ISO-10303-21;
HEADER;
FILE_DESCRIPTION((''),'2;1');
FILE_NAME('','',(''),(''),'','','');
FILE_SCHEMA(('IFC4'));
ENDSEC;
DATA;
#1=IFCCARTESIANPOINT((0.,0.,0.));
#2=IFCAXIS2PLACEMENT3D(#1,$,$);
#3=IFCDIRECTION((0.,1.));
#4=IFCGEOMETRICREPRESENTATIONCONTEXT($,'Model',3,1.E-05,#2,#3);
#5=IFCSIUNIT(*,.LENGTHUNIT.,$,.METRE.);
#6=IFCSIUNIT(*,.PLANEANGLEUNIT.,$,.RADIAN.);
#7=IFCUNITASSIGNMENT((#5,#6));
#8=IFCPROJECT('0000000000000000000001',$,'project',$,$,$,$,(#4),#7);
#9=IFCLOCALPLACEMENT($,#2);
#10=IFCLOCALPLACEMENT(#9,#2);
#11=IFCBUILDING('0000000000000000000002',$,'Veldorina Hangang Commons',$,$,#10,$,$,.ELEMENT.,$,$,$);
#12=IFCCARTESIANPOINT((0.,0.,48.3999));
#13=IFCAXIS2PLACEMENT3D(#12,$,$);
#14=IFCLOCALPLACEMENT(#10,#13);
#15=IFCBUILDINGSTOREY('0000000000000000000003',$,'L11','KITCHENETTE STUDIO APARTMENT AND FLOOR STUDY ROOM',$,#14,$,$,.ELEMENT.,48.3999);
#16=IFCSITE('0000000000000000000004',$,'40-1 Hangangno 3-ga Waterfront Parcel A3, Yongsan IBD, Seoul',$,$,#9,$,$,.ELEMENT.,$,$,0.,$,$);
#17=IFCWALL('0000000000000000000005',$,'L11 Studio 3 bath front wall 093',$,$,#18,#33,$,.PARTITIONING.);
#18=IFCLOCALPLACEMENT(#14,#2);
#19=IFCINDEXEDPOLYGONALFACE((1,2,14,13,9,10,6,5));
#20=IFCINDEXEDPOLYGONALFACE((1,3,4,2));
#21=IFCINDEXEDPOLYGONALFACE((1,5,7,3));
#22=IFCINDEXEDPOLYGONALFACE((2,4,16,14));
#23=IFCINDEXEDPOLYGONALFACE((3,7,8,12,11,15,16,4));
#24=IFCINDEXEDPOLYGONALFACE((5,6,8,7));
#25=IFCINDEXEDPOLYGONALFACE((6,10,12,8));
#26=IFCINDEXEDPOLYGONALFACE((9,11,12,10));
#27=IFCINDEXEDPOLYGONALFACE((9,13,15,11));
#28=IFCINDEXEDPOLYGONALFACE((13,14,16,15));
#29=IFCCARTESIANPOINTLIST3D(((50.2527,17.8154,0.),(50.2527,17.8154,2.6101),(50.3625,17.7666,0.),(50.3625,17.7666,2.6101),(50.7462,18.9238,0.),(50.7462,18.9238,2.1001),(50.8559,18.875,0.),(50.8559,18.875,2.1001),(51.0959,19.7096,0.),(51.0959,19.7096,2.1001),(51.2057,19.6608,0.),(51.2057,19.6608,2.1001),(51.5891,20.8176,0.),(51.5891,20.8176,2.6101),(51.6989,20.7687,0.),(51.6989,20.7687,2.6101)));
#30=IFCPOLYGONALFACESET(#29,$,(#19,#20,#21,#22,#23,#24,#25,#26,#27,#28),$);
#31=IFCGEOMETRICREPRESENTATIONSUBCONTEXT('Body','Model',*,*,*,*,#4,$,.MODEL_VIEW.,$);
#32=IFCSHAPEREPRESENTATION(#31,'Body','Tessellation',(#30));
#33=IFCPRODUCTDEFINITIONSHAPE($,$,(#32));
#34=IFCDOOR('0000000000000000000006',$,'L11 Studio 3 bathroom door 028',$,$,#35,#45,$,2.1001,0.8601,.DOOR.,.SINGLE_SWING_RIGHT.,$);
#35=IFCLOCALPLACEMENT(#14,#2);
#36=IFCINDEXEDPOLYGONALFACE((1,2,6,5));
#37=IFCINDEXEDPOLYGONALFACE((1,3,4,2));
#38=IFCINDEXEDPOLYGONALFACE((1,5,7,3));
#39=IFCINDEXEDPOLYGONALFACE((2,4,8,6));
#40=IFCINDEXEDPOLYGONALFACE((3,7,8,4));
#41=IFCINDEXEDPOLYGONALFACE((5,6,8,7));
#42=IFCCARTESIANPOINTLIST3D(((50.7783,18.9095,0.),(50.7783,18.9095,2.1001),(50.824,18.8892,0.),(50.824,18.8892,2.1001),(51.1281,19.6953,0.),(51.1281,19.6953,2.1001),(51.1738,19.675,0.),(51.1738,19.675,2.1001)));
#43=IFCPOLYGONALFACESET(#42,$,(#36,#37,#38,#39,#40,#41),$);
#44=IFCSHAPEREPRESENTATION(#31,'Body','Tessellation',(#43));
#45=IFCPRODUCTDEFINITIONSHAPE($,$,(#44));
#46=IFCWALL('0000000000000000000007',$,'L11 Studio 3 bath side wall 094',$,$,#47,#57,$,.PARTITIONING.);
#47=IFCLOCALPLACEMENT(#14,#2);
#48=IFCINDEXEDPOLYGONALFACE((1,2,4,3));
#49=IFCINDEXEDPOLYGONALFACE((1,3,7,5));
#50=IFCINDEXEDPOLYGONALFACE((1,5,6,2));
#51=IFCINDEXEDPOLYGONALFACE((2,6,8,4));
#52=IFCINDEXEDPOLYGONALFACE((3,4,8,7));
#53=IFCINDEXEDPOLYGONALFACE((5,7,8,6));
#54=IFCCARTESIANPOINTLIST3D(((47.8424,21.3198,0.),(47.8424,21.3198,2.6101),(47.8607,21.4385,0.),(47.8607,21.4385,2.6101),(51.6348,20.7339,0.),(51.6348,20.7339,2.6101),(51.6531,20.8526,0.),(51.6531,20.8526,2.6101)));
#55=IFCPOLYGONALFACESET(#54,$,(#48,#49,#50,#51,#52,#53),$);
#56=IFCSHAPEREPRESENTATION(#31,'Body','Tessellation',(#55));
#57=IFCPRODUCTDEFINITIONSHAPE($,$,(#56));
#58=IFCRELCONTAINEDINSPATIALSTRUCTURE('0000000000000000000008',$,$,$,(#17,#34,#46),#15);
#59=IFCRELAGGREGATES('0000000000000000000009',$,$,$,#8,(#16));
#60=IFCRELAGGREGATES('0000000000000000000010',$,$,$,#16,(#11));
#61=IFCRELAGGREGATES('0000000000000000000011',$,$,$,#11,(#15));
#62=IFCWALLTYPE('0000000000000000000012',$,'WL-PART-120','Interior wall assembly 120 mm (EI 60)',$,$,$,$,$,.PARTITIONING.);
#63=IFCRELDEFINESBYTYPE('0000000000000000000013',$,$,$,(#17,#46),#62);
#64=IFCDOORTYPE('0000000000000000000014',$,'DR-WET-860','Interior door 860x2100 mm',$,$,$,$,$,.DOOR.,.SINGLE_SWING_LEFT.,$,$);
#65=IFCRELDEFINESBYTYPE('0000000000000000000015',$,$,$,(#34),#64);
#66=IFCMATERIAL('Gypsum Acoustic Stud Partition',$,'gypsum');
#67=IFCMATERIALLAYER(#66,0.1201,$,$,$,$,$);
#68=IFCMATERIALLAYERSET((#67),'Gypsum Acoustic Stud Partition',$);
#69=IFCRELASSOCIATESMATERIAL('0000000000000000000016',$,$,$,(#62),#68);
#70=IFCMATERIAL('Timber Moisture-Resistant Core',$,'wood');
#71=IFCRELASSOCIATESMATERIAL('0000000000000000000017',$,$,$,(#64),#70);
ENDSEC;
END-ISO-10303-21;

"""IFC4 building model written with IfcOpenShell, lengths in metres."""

from ifc_helpers import new_model, si_unit, direction, frame, frame_2d, origin, place, context, subcontext, project, spatial, rectangle, extrude, material, layer, layer_set, type_object, element, fill, save


model = new_model("IFC4")

# Units and contexts
model_context = context("Model", 3, precision=1e-05, world=origin(), true_north=direction((0.0, 1.0)))
body_context = subcontext(model_context, "Body", "Model", "MODEL_VIEW")
ifc_project = project(units=[si_unit("LENGTHUNIT", "METRE"), si_unit("PLANEANGLEUNIT", "RADIAN")], contexts=[model_context])

# Site, building, storey
site_placement = place(None, origin())
site = spatial("IfcSite", under=ifc_project, at=site_placement, Name="40-1 Hangangno 3-ga Waterfront Parcel A3, Yongsan IBD, Seoul", CompositionType="ELEMENT", RefElevation=0.0)
building_placement = place(site_placement, origin())
building = spatial("IfcBuilding", under=site, at=building_placement, Name="Veldorina Hangang Commons", CompositionType="ELEMENT")
storey_placement = place(building_placement, frame((0.0, 0.0, 48.3999)))
storey = spatial("IfcBuildingStorey", under=building, at=storey_placement, Name="L11", Description="KITCHENETTE STUDIO APARTMENT AND FLOOR STUDY ROOM", CompositionType="ELEMENT", Elevation=48.3999)

# Wall, opening, door
ifc_material_1 = material(Name="Gypsum Acoustic Stud Partition", Category="gypsum")
ifc_layer_1 = layer(ifc_material_1, 0.1201)
ifc_layer_set_1 = layer_set([ifc_layer_1], Name="Gypsum Acoustic Stud Partition")
wall_type_1 = type_object("IfcWallType", Name="WL-PART-120", Description="Interior wall assembly 120 mm (EI 60)", PredefinedType="PARTITIONING", material=ifc_layer_set_1)
wall_1_placement = place(storey_placement, frame((50.3076, 17.791, 0.0), z_axis=(0.0, 0.0, 1.0), x_axis=(0.406676, 0.913572, 0.0)))
wall_1 = element("IfcWall", 1, at=wall_1_placement, inside=storey, type_object=wall_type_1, Name="L11 Studio 3 bath front wall 093", PredefinedType="PARTITIONING", context=body_context, shape_type="SweptSolid", body=[
    extrude(rectangle(XDim=3.2861, YDim=0.1201, at=frame_2d((1.6431, 0.0))), origin(), (0.0, 0.0, 1.0), 2.6101),
])
opening_1_placement = place(wall_1_placement, frame((1.2131, 0.0, 0.0)))
opening_1 = element("IfcOpeningElement", 2, at=opening_1_placement, cuts=wall_1, PredefinedType="OPENING", context=body_context, shape_type="SweptSolid", body=[
    extrude(rectangle(XDim=0.8601, YDim=2.1001, at=frame_2d((0.4302, 1.05))), frame((0.0, 0.0701, 0.0), z_axis=(0.0, -1.0, 0.0), x_axis=(1.0, 0.0, 0.0)), (0.0, 0.0, 1.0), 0.1401),
])
ifc_material_2 = material(Name="Timber Moisture-Resistant Core", Category="wood")
door_type_1 = type_object("IfcDoorType", Name="DR-WET-860", Description="Interior door 860x2100 mm", OperationType="SINGLE_SWING_LEFT", PredefinedType="DOOR", material=ifc_material_2)
door_1_placement = place(opening_1_placement, origin())
door_1 = element("IfcDoor", 3, at=door_1_placement, inside=storey, type_object=door_type_1, Name="L11 Studio 3 bathroom door 028", OperationType="SINGLE_SWING_RIGHT", OverallHeight=2.1001, OverallWidth=0.8601, PredefinedType="DOOR", context=body_context, shape_type="SweptSolid", body=[
    extrude(rectangle(XDim=0.8601, YDim=2.1001, at=frame_2d((0.4302, 1.05))), frame((0.0, 0.0249, 0.0), z_axis=(0.0, -1.0, 0.0), x_axis=(1.0, 0.0, 0.0)), (0.0, 0.0, 1.0), 0.05),
])
fill(opening_1, door_1)

# Wall
wall_2_placement = place(storey_placement, frame((47.8516, 21.3792, 0.0), z_axis=(0.0, 0.0, 1.0), x_axis=(0.988274, -0.152688, 0.0)))
element("IfcWall", 4, at=wall_2_placement, inside=storey, type_object=wall_type_1, Name="L11 Studio 3 bath side wall 094", PredefinedType="PARTITIONING", context=body_context, shape_type="SweptSolid", body=[
    extrude(rectangle(XDim=3.8374, YDim=0.1201, at=frame_2d((1.9187, 0.0))), origin(), (0.0, 0.0, 1.0), 2.6101),
])

save(model, "model.ifc")
